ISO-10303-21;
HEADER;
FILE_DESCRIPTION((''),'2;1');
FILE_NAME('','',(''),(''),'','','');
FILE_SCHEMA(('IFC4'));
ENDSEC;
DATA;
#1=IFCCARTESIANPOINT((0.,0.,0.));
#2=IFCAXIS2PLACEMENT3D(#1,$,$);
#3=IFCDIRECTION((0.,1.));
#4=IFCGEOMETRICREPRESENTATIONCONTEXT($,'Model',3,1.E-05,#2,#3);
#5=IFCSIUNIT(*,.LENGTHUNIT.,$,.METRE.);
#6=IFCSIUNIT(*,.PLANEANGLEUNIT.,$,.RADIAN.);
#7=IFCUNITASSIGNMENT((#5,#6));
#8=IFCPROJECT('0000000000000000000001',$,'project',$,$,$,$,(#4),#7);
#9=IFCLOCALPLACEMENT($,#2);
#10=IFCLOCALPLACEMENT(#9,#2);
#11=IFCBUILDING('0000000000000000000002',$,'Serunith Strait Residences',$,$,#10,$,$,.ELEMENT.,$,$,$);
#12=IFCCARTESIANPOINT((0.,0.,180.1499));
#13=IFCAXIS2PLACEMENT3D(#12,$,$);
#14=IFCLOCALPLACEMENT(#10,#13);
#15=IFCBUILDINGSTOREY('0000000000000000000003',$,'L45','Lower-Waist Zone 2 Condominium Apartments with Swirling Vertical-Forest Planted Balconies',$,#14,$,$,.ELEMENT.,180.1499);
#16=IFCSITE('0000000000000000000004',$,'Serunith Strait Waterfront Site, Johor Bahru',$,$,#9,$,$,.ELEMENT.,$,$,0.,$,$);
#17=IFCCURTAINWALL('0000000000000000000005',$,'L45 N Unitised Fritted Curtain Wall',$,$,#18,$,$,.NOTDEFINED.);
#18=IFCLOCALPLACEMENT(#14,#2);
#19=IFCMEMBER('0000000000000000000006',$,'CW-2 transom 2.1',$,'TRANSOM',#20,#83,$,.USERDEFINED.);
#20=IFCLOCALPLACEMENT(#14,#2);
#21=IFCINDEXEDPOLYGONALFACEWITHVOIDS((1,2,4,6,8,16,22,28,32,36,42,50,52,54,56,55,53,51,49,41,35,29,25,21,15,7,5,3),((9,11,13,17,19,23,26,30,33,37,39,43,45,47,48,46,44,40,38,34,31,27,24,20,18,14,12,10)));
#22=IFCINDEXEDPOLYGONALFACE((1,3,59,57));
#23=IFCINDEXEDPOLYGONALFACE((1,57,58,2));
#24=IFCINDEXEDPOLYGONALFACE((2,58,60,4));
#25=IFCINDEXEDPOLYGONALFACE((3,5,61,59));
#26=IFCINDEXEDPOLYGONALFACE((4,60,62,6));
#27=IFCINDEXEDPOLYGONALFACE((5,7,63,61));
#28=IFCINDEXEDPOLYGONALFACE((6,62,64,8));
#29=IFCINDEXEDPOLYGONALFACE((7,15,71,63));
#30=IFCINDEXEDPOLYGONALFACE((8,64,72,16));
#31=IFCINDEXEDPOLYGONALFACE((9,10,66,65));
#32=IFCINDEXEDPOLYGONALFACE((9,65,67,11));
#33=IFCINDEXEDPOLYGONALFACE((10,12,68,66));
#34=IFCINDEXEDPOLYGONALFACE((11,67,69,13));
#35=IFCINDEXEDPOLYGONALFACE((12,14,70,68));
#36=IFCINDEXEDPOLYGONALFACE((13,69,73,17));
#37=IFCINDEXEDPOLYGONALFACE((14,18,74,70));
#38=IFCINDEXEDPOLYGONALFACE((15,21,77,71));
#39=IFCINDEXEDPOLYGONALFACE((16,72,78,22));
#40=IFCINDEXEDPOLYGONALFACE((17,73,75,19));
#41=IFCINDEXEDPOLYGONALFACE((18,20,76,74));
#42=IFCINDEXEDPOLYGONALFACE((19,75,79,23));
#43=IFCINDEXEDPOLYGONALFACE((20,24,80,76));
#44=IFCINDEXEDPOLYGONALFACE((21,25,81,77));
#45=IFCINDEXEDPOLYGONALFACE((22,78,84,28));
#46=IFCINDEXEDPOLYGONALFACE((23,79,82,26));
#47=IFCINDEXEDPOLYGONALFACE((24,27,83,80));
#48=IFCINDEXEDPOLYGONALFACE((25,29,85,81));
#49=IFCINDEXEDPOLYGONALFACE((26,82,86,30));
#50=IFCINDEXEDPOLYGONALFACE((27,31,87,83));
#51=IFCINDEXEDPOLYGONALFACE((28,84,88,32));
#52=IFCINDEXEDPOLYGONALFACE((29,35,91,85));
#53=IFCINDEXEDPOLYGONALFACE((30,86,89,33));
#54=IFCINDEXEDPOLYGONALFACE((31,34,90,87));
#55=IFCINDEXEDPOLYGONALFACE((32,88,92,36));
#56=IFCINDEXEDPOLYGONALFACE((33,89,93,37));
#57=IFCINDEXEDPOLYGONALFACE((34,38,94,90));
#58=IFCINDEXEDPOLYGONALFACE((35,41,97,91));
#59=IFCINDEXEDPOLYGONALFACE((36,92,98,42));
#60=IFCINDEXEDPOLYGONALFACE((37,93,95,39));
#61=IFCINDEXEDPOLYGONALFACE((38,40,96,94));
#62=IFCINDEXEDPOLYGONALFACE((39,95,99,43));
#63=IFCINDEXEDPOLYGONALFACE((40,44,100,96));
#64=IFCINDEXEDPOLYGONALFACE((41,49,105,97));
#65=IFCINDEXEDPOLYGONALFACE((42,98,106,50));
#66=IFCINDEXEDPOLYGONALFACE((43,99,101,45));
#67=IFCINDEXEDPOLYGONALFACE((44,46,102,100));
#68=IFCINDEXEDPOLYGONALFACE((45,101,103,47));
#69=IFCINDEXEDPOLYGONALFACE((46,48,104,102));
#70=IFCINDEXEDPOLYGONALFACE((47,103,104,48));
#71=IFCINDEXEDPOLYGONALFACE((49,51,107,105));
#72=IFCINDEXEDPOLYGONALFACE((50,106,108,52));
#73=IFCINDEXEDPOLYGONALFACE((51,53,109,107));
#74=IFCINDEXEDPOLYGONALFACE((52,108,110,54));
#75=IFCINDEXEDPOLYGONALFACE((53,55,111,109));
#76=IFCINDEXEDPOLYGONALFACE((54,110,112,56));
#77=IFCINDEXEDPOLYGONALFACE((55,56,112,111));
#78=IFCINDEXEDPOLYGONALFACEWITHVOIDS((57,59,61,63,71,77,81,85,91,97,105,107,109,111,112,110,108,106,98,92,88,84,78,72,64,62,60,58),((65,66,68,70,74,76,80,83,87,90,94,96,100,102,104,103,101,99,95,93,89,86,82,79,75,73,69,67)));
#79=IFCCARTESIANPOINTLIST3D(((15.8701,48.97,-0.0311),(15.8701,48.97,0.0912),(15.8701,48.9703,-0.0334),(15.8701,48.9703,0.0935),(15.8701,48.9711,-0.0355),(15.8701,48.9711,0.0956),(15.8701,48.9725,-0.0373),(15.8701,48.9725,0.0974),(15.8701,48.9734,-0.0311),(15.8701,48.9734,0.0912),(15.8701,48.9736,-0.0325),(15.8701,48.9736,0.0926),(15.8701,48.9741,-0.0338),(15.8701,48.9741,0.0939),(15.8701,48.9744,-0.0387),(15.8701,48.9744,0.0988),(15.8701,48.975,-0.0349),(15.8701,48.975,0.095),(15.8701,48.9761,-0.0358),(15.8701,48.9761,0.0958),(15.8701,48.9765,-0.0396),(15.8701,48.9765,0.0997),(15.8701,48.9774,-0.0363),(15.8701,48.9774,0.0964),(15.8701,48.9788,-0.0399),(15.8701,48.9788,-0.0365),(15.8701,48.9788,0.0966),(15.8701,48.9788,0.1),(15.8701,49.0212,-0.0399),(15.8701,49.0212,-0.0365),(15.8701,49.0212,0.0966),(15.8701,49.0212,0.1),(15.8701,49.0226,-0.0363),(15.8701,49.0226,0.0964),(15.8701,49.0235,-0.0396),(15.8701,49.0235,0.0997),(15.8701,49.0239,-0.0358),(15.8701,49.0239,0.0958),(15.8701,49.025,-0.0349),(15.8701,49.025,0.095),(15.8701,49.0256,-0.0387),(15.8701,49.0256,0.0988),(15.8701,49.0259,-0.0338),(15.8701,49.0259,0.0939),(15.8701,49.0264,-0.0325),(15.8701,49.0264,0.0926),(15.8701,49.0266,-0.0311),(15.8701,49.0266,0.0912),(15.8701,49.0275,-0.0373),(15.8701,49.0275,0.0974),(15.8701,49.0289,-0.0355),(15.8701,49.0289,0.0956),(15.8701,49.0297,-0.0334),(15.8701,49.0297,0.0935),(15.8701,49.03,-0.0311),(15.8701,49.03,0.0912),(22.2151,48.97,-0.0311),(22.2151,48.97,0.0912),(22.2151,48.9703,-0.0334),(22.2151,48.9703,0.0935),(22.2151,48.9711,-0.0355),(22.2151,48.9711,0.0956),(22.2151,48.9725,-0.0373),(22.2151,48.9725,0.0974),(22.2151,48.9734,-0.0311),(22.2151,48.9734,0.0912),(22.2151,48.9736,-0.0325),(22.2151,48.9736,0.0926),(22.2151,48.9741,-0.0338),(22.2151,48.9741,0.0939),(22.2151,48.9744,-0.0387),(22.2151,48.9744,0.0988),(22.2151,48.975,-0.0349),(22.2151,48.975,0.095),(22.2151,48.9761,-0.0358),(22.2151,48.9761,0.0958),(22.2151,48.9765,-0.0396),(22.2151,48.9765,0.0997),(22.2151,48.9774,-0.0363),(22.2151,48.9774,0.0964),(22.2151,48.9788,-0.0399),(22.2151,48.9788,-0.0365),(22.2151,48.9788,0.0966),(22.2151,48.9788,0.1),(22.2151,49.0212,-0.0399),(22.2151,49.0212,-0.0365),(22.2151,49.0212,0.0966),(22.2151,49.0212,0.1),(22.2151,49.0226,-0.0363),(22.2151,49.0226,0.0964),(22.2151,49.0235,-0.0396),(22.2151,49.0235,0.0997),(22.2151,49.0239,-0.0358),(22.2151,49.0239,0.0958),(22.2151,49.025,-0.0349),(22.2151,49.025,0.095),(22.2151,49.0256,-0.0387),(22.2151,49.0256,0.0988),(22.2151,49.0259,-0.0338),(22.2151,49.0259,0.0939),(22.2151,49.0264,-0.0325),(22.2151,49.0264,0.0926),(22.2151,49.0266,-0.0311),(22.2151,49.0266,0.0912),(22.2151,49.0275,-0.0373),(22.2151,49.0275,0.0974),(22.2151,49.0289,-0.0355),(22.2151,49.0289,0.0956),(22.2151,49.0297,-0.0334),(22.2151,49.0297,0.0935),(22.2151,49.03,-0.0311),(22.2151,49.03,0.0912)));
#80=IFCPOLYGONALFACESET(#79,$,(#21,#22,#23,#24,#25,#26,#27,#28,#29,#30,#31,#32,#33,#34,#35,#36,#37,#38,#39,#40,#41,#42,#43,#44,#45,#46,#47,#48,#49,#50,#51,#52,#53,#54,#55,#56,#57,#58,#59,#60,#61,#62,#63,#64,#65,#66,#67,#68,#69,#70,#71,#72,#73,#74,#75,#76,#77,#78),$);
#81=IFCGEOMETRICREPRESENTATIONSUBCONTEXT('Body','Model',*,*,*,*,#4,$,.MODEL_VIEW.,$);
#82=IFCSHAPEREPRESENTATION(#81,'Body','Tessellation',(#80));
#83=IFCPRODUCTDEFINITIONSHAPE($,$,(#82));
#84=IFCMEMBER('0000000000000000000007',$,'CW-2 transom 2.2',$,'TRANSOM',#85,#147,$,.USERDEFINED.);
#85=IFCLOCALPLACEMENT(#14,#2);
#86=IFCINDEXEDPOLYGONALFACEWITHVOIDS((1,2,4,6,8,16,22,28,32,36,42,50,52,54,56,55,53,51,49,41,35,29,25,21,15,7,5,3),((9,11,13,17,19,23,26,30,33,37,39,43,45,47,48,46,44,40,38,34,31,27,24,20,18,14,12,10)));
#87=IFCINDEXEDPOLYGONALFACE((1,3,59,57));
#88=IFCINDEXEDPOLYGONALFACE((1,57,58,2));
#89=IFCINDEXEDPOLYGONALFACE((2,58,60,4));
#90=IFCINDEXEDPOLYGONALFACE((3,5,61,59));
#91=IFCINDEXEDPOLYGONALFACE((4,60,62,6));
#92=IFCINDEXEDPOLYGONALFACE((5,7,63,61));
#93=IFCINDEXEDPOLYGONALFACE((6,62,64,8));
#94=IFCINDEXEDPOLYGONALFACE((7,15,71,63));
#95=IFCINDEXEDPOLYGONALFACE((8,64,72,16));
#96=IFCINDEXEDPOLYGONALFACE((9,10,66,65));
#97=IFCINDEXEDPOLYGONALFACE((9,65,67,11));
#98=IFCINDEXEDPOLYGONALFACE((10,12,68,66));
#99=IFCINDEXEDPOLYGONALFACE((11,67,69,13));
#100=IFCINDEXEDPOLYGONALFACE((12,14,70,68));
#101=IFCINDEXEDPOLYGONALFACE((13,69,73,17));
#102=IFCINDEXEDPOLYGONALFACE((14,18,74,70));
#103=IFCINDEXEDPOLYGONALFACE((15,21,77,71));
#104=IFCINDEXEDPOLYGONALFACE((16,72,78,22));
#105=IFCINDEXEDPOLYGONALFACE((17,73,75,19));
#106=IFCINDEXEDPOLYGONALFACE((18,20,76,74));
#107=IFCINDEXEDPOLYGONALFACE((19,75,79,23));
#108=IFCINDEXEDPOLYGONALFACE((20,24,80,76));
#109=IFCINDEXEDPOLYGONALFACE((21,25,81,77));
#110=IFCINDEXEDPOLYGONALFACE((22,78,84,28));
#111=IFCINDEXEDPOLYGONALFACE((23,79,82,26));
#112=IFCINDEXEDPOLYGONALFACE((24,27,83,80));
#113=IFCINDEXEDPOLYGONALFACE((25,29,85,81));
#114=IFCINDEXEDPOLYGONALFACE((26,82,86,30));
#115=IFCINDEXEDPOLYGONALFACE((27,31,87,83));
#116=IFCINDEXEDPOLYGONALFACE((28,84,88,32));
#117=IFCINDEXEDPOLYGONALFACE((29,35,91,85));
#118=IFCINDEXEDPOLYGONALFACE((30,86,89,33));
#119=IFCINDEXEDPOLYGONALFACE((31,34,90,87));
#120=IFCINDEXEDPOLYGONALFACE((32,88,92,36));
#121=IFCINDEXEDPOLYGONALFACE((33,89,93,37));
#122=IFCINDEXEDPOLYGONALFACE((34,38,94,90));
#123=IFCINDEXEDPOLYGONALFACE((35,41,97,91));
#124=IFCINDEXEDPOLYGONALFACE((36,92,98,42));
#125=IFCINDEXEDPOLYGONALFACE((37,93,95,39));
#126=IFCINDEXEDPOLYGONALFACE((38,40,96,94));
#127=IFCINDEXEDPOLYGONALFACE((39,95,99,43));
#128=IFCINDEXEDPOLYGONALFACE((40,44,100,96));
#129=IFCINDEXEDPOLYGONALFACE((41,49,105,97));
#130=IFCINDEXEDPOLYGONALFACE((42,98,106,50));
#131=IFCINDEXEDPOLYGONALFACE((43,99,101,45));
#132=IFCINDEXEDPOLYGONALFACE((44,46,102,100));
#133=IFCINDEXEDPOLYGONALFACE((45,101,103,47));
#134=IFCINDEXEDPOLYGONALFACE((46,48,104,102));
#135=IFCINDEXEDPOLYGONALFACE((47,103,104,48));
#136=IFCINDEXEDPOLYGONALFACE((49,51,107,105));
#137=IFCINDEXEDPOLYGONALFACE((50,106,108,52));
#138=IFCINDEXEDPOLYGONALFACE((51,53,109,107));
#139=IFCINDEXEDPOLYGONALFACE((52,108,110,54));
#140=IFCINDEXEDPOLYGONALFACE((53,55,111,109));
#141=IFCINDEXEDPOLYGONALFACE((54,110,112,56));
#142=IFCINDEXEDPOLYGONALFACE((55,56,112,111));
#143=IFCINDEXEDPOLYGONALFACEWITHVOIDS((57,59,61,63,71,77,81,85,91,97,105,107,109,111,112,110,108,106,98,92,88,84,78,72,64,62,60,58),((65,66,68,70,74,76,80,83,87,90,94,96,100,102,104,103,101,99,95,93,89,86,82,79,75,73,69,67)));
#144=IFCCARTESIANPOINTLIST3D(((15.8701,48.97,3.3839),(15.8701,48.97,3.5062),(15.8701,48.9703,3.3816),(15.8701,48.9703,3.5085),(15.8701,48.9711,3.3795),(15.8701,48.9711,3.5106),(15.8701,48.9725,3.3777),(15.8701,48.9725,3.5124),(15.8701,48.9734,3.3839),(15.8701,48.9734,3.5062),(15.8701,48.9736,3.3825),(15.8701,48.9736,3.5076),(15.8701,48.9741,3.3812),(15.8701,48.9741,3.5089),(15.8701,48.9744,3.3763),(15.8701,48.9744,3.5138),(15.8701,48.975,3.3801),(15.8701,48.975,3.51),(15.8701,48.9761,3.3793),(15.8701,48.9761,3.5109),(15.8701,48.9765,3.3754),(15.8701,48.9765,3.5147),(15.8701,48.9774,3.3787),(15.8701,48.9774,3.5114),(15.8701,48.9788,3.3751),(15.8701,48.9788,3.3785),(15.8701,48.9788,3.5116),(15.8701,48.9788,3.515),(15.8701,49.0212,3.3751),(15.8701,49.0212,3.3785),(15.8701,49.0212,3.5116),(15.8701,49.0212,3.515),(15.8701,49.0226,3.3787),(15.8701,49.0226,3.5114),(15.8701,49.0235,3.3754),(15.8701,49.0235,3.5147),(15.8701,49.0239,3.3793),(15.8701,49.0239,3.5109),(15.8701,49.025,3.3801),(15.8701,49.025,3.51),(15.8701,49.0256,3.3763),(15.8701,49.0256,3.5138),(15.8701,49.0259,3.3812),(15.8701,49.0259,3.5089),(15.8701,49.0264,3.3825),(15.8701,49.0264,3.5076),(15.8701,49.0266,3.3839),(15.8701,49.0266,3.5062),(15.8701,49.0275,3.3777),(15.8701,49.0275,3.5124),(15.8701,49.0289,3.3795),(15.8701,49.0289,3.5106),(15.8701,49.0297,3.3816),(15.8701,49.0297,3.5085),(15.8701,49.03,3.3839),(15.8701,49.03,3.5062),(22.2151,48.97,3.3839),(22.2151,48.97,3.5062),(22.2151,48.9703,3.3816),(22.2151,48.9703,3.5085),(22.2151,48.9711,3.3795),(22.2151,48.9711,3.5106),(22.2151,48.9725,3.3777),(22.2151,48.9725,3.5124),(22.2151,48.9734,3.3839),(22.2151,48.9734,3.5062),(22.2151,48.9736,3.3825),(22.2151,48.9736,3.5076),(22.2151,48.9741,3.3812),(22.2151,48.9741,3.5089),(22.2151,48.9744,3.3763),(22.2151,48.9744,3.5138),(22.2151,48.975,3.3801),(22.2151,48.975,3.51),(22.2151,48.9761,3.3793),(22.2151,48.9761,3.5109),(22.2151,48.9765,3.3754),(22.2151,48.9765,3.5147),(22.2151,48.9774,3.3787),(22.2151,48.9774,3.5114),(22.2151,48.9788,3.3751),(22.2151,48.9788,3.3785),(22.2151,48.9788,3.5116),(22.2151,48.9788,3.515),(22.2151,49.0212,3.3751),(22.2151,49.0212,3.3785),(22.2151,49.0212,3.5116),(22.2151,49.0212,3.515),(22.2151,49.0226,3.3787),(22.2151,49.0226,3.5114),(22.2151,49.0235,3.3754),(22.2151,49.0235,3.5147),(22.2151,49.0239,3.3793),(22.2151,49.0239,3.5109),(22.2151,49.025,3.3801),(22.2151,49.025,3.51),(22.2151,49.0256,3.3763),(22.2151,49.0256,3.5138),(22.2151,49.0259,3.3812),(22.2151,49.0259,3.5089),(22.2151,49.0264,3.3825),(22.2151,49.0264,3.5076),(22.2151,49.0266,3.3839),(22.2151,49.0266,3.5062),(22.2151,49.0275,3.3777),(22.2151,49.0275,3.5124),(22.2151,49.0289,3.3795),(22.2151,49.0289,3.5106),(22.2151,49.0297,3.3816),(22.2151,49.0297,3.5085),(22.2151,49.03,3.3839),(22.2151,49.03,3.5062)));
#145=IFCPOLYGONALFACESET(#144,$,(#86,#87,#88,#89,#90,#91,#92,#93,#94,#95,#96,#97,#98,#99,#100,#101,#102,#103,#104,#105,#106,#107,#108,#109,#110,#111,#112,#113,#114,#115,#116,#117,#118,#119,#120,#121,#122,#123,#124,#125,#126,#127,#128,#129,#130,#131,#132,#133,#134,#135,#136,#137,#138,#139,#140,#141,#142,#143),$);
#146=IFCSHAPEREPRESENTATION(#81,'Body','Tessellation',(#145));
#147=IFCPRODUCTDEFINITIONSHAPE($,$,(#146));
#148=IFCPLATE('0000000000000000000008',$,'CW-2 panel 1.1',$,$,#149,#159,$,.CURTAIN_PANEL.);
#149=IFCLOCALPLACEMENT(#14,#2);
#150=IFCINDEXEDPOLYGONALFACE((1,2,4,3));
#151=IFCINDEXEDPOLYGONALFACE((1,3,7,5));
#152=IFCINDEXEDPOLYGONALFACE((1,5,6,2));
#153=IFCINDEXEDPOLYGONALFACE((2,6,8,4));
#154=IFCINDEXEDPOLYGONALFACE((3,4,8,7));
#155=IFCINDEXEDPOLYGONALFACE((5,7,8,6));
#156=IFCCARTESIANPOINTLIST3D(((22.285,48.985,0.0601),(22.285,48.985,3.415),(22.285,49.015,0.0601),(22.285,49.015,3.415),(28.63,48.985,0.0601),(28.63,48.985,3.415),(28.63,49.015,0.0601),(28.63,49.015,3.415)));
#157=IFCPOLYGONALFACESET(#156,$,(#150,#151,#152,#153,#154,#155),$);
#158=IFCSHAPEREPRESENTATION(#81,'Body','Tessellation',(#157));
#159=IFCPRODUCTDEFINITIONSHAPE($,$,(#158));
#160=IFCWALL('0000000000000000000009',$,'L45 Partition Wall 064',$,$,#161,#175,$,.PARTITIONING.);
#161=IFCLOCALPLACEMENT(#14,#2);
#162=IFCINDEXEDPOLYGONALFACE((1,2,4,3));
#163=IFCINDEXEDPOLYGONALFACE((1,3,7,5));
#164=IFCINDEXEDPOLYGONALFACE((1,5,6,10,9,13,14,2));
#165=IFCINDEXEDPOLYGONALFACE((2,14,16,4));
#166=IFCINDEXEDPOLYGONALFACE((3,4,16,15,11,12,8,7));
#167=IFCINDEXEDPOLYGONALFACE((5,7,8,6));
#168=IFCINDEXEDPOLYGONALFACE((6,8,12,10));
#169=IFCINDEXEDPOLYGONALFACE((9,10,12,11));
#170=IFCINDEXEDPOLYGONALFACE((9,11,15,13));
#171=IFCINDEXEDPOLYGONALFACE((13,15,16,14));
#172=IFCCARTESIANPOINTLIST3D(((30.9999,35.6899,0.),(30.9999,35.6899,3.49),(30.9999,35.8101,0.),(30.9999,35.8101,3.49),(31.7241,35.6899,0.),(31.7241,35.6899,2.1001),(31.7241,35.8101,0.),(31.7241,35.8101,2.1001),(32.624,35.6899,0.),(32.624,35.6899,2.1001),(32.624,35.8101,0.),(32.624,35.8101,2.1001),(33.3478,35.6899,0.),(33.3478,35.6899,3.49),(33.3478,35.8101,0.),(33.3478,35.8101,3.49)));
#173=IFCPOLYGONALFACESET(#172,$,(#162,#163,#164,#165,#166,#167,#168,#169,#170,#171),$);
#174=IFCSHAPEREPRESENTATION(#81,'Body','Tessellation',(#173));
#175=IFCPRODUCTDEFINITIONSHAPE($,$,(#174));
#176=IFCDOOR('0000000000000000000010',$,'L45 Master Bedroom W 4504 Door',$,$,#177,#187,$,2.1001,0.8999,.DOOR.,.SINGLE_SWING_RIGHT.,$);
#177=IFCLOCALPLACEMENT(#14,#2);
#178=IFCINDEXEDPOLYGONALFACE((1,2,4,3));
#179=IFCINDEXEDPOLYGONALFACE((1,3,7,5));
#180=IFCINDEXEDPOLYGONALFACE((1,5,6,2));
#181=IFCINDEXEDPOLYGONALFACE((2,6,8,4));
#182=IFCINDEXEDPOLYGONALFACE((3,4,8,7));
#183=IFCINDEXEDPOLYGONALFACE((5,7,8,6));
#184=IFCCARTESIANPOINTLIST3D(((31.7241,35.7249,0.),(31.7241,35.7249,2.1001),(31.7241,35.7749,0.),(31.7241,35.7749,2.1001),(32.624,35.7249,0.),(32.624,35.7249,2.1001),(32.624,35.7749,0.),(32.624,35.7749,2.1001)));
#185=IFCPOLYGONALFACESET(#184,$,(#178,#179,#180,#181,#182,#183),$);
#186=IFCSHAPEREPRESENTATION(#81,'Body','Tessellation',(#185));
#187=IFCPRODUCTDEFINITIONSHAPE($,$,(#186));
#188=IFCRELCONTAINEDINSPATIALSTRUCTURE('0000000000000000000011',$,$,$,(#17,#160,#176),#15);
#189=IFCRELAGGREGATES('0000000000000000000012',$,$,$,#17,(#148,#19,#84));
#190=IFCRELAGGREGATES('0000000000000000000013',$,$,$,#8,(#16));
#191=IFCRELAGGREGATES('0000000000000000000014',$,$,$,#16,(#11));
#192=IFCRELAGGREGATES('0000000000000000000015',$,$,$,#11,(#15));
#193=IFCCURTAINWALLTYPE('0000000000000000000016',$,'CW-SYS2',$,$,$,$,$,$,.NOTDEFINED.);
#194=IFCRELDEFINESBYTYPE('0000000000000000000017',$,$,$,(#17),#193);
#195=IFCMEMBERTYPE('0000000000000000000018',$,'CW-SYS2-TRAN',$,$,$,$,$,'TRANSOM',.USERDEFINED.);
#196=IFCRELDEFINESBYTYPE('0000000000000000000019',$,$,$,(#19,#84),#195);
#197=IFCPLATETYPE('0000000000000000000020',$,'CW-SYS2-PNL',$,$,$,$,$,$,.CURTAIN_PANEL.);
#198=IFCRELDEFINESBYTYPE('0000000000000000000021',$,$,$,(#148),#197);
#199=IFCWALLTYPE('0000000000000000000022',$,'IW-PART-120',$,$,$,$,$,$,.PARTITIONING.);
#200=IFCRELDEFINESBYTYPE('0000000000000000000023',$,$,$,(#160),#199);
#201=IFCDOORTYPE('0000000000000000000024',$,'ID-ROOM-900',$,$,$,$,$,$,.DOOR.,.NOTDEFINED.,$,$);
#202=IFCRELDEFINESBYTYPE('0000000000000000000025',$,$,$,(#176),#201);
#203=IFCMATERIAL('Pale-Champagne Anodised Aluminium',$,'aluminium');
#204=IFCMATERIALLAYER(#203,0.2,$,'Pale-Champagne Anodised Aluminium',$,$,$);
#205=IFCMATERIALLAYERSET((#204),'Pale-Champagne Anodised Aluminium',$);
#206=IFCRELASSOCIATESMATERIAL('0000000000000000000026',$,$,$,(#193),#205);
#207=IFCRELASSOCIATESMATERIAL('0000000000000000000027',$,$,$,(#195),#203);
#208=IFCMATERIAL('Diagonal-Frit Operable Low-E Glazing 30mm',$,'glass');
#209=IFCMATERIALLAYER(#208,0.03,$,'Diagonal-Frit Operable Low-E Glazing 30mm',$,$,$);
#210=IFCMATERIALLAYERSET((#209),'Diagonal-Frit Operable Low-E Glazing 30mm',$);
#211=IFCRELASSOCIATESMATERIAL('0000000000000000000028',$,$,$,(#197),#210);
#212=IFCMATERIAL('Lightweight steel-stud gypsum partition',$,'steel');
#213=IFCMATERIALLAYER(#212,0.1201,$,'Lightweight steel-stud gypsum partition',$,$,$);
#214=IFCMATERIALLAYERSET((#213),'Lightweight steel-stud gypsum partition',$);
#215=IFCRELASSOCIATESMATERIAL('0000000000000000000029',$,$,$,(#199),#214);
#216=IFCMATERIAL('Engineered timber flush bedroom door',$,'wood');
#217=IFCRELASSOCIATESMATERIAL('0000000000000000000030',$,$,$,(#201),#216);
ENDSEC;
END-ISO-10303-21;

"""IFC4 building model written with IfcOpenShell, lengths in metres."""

from ifc_helpers import new_model, si_unit, direction, frame, frame_2d, origin, origin_2d, place, context, subcontext, project, spatial, rectangle, hollow_rectangle, extrude, source, transform, mapped, material, layer, layer_set, material_profile, profile_set, type_object, element, fill, aggregate, save


model = new_model("IFC4")

# Units and contexts
model_context = context("Model", 3, precision=1e-05, world=origin(), true_north=direction((0.0, 1.0)))
body_context = subcontext(model_context, "Body", "Model", "MODEL_VIEW")
ifc_project = project(units=[si_unit("LENGTHUNIT", "METRE"), si_unit("PLANEANGLEUNIT", "RADIAN")], contexts=[model_context])

# Site, building, storey
site_placement = place(None, origin())
site = spatial("IfcSite", under=ifc_project, at=site_placement, Name="Serunith Strait Waterfront Site, Johor Bahru", CompositionType="ELEMENT", RefElevation=0.0)
building_placement = place(site_placement, origin())
building = spatial("IfcBuilding", under=site, at=building_placement, Name="Serunith Strait Residences", CompositionType="ELEMENT")
storey_placement = place(building_placement, frame((0.0, 0.0, 180.1499)))
storey = spatial("IfcBuildingStorey", under=building, at=storey_placement, Name="L45", Description="Lower-Waist Zone 2 Condominium Apartments with Swirling Vertical-Forest Planted Balconies", CompositionType="ELEMENT", Elevation=180.1499)

# Curtain wall, members, plate
ifc_material_1 = material(Name="Pale-Champagne Anodised Aluminium", Category="aluminium")
ifc_layer_1 = layer(ifc_material_1, 0.2, Name="Pale-Champagne Anodised Aluminium")
ifc_layer_set_1 = layer_set([ifc_layer_1], Name="Pale-Champagne Anodised Aluminium")
curtain_wall_type = type_object("IfcCurtainWallType", Name="CW-SYS2", PredefinedType="NOTDEFINED", material=ifc_layer_set_1)
curtain_wall_placement = place(storey_placement, origin())
curtain_wall = element("IfcCurtainWall", 1, at=curtain_wall_placement, inside=storey, type_object=curtain_wall_type, Name="L45 N Unitised Fritted Curtain Wall", PredefinedType="NOTDEFINED")
ifc_material_profile_1 = material_profile(ifc_material_1, hollow_rectangle(XDim=0.0601, YDim=0.1399, WallThickness=0.0034, InnerFilletRadius=0.0054, OuterFilletRadius=0.0088, at=origin_2d()), Name="ALU 140x60x3.5")
ifc_profile_set_1 = profile_set([ifc_material_profile_1], Name="Pale-Champagne Anodised Aluminium")
member_type_1 = type_object("IfcMemberType", Name="CW-SYS2-TRAN", ElementType="TRANSOM", PredefinedType="USERDEFINED", material=ifc_profile_set_1)
shared_shape_1 = source(origin(), body_context, "Body", "SweptSolid", [
    extrude(hollow_rectangle(XDim=0.0601, YDim=0.1399, WallThickness=0.0034, InnerFilletRadius=0.0054, OuterFilletRadius=0.0088, at=origin_2d()), origin(), (0.0, 0.0, 1.0), 6.345),
])
member_1_placement = place(storey_placement, frame((22.2151, 49.0, 0.03), z_axis=(-1.0, 0.0, 0.0), x_axis=(0.0, -1.0, 0.0)))
member_1 = element("IfcMember", 2, at=member_1_placement, type_object=member_type_1, Name="CW-2 transom 2.1", ObjectType="TRANSOM", PredefinedType="USERDEFINED", context=body_context, shape_type="MappedRepresentation", body=[
    mapped(shared_shape_1, transform((0.0, 0.0, 0.0), scale=1.0)),
])
member_2_placement = place(storey_placement, frame((22.2151, 49.0, 3.4451), z_axis=(-1.0, 0.0, 0.0), x_axis=(0.0, -1.0, 0.0)))
member_2 = element("IfcMember", 3, at=member_2_placement, type_object=member_type_1, Name="CW-2 transom 2.2", ObjectType="TRANSOM", PredefinedType="USERDEFINED", context=body_context, shape_type="MappedRepresentation", body=[
    mapped(shared_shape_1, transform((0.0, 0.0, 0.0), scale=1.0)),
])
ifc_material_2 = material(Name="Diagonal-Frit Operable Low-E Glazing 30mm", Category="glass")
ifc_layer_2 = layer(ifc_material_2, 0.03, Name="Diagonal-Frit Operable Low-E Glazing 30mm")
ifc_layer_set_2 = layer_set([ifc_layer_2], Name="Diagonal-Frit Operable Low-E Glazing 30mm")
plate_type = type_object("IfcPlateType", Name="CW-SYS2-PNL", PredefinedType="CURTAIN_PANEL", material=ifc_layer_set_2)
shared_shape_2 = source(origin(), body_context, "Body", "SweptSolid", [
    extrude(rectangle(XDim=6.345, YDim=0.03, at=origin_2d()), origin(), (0.0, 0.0, 1.0), 3.355),
])
plate_placement = place(storey_placement, frame((25.4575, 49.0, 0.0601), z_axis=(0.0, 0.0, 1.0), x_axis=(-1.0, 0.0, 0.0)))
plate = element("IfcPlate", 4, at=plate_placement, type_object=plate_type, Name="CW-2 panel 1.1", PredefinedType="CURTAIN_PANEL", context=body_context, shape_type="MappedRepresentation", body=[
    mapped(shared_shape_2, transform((0.0, 0.0, 0.0), scale=1.0)),
])
aggregate(curtain_wall, [plate, member_1, member_2])

# Wall, opening, door
ifc_material_3 = material(Name="Lightweight steel-stud gypsum partition", Category="steel")
ifc_layer_3 = layer(ifc_material_3, 0.1201, Name="Lightweight steel-stud gypsum partition")
ifc_layer_set_3 = layer_set([ifc_layer_3], Name="Lightweight steel-stud gypsum partition")
wall_type = type_object("IfcWallType", Name="IW-PART-120", PredefinedType="PARTITIONING", material=ifc_layer_set_3)
wall_1_placement = place(storey_placement, frame((31.0, 35.75, 0.0), z_axis=(0.0, 0.0, 1.0), x_axis=(1.0, 0.0, 0.0)))
wall_1 = element("IfcWall", 5, at=wall_1_placement, inside=storey, type_object=wall_type, Name="L45 Partition Wall 064", PredefinedType="PARTITIONING", context=body_context, shape_type="SweptSolid", body=[
    extrude(rectangle(XDim=2.3479, YDim=0.1201, at=frame_2d((1.1738, 0.0))), origin(), (0.0, 0.0, 1.0), 3.49),
])
opening_1_placement = place(wall_1_placement, frame((0.7241, 0.0, 0.0)))
opening_1 = element("IfcOpeningElement", 6, at=opening_1_placement, cuts=wall_1, PredefinedType="OPENING", context=body_context, shape_type="SweptSolid", body=[
    extrude(rectangle(XDim=0.8999, YDim=2.1001, at=frame_2d((0.45, 1.05))), frame((0.0, 0.0701, 0.0), z_axis=(0.0, -1.0, 0.0), x_axis=(1.0, 0.0, 0.0)), (0.0, 0.0, 1.0), 0.1401),
])
ifc_material_4 = material(Name="Engineered timber flush bedroom door", Category="wood")
door_type_1 = type_object("IfcDoorType", Name="ID-ROOM-900", OperationType="NOTDEFINED", PredefinedType="DOOR", material=ifc_material_4)
shared_shape_3 = source(origin(), body_context, "Body", "SweptSolid", [
    extrude(rectangle(XDim=0.8999, YDim=2.1001, at=frame_2d((0.45, 1.05))), frame((0.0, 0.0249, 0.0), z_axis=(0.0, -1.0, 0.0), x_axis=(1.0, 0.0, 0.0)), (0.0, 0.0, 1.0), 0.05),
])
door_1_placement = place(opening_1_placement, origin())
door_1 = element("IfcDoor", 7, at=door_1_placement, inside=storey, type_object=door_type_1, Name="L45 Master Bedroom W 4504 Door", OperationType="SINGLE_SWING_RIGHT", OverallHeight=2.1001, OverallWidth=0.8999, PredefinedType="DOOR", context=body_context, shape_type="MappedRepresentation", body=[
    mapped(shared_shape_3, transform((0.0, 0.0, 0.0), scale=1.0)),
])
fill(opening_1, door_1)

save(model, "model.ifc")
